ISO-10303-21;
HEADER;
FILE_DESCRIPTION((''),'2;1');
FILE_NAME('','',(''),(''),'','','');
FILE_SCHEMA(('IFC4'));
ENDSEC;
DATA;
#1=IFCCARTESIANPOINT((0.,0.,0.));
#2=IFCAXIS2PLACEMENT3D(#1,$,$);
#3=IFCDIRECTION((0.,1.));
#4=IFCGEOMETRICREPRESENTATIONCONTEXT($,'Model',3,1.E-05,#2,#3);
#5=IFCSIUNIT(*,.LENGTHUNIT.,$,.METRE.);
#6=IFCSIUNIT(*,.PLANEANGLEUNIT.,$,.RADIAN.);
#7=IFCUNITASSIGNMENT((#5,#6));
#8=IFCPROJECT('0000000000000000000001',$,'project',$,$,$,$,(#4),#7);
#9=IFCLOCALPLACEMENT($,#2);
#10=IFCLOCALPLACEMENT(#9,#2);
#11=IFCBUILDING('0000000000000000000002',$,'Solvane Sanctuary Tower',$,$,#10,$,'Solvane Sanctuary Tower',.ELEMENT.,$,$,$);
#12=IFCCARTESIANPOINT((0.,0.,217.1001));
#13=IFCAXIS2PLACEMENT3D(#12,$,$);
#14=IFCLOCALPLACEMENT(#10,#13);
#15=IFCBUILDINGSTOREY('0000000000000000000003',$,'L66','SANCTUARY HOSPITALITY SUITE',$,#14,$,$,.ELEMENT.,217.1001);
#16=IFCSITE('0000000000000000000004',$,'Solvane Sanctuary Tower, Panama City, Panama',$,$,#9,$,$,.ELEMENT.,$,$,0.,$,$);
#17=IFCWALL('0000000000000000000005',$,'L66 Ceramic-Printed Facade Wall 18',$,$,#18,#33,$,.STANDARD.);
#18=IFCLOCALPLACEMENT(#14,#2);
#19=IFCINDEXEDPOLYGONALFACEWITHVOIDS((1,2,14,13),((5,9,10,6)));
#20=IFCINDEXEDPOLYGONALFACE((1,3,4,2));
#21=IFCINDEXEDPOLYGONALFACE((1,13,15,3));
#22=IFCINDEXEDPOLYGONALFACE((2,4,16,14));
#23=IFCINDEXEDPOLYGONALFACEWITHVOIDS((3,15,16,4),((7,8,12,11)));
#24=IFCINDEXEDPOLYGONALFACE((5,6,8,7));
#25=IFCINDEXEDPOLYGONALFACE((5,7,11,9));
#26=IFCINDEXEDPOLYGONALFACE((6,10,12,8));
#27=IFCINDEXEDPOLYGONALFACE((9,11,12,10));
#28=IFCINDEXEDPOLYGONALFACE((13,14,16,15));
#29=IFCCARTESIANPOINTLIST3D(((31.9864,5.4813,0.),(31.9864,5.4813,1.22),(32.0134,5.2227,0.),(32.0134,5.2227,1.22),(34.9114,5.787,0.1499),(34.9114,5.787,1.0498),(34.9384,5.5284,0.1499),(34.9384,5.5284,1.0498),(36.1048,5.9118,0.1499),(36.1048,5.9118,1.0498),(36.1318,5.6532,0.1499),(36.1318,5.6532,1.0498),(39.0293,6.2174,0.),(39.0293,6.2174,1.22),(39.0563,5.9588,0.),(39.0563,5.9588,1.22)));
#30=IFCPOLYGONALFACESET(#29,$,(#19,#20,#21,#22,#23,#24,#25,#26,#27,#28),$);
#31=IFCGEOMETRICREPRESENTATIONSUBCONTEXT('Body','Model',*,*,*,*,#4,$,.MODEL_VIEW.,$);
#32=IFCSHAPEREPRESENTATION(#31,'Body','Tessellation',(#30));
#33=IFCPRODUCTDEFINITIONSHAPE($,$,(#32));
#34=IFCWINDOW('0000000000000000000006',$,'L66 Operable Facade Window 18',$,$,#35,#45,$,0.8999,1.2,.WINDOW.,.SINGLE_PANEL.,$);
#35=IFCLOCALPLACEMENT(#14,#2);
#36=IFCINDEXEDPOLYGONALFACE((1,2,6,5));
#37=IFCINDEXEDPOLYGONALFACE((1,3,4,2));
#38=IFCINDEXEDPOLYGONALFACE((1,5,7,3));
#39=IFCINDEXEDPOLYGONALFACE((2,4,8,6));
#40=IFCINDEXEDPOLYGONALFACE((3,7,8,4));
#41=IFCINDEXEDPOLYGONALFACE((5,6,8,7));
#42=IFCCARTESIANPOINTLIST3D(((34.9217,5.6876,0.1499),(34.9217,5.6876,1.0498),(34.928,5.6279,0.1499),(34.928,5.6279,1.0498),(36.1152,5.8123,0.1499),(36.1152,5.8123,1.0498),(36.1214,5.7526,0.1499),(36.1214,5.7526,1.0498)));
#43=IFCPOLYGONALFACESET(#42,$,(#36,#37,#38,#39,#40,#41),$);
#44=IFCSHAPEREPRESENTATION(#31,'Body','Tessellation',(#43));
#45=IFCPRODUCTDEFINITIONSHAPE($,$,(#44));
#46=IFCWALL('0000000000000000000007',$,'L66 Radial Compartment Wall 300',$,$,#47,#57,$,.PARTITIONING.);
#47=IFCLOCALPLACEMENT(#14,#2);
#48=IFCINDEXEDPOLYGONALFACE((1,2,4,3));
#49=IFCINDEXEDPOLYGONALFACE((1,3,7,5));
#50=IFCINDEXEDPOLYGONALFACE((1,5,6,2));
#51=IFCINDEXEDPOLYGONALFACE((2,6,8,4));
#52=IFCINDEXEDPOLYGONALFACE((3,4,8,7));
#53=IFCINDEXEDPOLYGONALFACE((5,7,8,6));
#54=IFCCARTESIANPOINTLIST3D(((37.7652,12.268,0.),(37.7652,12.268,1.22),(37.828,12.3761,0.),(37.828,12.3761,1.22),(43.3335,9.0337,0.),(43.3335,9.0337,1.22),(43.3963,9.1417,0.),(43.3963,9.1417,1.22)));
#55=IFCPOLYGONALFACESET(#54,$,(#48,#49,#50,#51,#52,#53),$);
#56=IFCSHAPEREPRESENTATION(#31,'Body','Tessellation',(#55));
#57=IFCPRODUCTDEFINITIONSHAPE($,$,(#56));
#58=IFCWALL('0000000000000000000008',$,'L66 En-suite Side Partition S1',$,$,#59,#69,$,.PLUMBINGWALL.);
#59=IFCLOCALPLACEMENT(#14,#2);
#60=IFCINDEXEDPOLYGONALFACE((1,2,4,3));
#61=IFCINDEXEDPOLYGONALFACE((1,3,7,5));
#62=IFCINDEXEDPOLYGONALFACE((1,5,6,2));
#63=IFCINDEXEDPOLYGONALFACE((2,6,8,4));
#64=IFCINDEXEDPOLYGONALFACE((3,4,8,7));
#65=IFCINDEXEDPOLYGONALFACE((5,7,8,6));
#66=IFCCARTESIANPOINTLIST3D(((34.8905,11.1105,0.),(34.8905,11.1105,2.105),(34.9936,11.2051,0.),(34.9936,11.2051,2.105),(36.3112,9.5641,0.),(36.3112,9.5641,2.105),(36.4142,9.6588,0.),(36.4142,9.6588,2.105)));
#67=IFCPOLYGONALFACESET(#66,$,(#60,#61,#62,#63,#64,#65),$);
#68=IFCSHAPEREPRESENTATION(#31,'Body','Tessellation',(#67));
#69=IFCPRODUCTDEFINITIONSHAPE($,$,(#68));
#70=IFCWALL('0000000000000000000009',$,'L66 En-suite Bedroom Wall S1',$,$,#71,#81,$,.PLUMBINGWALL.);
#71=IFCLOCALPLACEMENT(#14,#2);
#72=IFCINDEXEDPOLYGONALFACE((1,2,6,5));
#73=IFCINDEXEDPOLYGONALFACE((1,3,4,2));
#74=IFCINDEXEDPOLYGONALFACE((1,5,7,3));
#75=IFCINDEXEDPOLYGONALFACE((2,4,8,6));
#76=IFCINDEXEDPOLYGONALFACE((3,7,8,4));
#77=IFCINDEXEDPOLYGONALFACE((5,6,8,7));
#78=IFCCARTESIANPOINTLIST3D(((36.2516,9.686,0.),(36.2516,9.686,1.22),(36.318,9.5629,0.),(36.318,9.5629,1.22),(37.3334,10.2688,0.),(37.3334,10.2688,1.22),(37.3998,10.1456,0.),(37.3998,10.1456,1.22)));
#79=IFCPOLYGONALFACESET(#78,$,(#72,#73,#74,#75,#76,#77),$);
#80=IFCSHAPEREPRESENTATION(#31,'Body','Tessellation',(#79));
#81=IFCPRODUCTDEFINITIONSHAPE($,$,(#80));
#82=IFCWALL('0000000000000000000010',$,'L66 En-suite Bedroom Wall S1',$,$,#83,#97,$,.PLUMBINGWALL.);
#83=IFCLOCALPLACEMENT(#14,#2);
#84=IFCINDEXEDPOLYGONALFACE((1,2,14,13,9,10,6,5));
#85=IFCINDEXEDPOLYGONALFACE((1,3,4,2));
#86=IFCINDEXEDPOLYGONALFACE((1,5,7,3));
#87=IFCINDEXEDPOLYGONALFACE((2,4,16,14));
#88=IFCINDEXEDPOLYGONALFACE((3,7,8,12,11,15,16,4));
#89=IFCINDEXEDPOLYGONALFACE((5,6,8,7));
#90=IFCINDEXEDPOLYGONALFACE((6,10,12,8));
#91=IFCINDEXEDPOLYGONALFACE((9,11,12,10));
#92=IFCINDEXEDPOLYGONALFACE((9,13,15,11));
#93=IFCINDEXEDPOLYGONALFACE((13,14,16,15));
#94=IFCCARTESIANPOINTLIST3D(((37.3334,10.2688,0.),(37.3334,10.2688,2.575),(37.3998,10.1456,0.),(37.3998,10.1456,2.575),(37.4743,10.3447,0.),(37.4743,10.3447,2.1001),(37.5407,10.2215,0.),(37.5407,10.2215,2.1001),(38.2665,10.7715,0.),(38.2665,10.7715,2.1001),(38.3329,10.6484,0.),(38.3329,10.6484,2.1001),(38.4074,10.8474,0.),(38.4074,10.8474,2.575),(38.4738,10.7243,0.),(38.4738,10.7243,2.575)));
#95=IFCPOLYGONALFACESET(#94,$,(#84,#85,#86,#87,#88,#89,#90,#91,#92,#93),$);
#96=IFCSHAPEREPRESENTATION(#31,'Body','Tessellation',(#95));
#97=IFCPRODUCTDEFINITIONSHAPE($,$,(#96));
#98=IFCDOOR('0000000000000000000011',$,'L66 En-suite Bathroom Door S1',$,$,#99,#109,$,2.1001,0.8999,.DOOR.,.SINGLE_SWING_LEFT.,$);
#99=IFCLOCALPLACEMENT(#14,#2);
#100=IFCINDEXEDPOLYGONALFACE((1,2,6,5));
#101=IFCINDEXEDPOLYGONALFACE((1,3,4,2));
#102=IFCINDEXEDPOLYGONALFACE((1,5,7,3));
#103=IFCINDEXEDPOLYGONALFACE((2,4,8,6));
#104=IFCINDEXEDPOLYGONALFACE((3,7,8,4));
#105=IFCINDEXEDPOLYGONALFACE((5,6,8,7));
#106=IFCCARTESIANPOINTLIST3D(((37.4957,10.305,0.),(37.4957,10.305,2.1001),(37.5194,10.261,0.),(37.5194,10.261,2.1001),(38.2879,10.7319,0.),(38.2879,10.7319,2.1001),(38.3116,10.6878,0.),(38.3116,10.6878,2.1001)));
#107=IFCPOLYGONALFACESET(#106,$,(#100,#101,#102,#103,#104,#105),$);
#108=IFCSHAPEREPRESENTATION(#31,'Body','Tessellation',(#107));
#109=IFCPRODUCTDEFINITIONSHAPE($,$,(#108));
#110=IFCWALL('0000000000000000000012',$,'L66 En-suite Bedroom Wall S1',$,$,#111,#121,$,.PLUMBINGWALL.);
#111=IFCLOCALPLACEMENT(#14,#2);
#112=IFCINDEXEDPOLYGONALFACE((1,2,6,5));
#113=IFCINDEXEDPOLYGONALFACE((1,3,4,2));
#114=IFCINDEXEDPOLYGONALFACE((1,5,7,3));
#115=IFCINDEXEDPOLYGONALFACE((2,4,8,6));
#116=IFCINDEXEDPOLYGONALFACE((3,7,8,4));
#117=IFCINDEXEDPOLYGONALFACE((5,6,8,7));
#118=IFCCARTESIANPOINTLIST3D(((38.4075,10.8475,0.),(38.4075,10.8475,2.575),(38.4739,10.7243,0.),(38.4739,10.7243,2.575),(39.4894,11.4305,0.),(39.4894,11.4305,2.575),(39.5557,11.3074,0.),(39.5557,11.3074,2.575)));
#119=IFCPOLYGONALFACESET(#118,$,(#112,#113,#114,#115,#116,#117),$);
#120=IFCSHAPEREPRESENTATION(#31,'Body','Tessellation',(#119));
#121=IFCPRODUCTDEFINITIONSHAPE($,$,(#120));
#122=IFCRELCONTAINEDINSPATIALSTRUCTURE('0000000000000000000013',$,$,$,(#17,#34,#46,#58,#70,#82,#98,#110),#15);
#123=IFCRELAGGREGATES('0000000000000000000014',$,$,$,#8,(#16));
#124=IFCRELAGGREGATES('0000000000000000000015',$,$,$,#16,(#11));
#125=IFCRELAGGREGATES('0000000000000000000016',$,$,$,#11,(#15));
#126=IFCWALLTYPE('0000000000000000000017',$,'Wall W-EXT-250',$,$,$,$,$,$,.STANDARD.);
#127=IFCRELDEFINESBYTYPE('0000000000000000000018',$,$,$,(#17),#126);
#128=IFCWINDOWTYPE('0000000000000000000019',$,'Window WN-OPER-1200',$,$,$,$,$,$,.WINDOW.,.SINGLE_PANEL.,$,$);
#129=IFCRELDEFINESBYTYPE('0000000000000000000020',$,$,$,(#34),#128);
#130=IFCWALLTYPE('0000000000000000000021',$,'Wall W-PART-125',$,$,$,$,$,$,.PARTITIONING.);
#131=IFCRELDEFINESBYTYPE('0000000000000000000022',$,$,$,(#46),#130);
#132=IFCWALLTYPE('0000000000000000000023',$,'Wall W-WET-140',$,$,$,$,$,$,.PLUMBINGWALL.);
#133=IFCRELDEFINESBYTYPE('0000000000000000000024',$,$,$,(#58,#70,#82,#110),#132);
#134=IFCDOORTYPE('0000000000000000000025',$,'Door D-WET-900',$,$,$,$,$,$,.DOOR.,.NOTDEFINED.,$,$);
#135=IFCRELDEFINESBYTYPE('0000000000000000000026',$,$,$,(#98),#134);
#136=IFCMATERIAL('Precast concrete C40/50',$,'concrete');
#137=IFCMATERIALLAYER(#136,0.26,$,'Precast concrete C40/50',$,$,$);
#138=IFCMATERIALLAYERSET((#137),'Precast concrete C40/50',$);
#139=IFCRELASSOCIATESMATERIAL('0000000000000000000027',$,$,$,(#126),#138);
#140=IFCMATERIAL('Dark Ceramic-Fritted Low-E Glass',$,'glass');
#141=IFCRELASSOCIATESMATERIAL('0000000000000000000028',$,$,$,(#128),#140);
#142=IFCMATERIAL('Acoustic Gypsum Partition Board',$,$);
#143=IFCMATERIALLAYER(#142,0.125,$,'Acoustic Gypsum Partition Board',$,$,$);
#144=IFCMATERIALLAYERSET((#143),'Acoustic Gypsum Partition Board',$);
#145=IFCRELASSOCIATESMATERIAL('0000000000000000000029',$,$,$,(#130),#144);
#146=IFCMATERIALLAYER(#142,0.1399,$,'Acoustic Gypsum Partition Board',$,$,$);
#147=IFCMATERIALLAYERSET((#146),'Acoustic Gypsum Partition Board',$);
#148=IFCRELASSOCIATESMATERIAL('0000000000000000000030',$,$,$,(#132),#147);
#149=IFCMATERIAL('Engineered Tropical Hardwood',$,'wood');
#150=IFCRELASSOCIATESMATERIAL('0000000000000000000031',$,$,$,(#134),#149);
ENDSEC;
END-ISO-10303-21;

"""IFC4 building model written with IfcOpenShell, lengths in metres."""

from ifc_helpers import new_model, si_unit, direction, frame, frame_2d, origin, place, context, subcontext, project, spatial, rectangle, extrude, material, layer, layer_set, type_object, element, fill, save


model = new_model("IFC4")

# Units and contexts
model_context = context("Model", 3, precision=1e-05, world=origin(), true_north=direction((0.0, 1.0)))
body_context = subcontext(model_context, "Body", "Model", "MODEL_VIEW")
ifc_project = project(units=[si_unit("LENGTHUNIT", "METRE"), si_unit("PLANEANGLEUNIT", "RADIAN")], contexts=[model_context])

# Site, building, storey
site_placement = place(None, origin())
site = spatial("IfcSite", under=ifc_project, at=site_placement, Name="Solvane Sanctuary Tower, Panama City, Panama", CompositionType="ELEMENT", RefElevation=0.0)
building_placement = place(site_placement, origin())
building = spatial("IfcBuilding", under=site, at=building_placement, Name="Solvane Sanctuary Tower", LongName="Solvane Sanctuary Tower", CompositionType="ELEMENT")
storey_placement = place(building_placement, frame((0.0, 0.0, 217.1001)))
storey = spatial("IfcBuildingStorey", under=building, at=storey_placement, Name="L66", Description="SANCTUARY HOSPITALITY SUITE", CompositionType="ELEMENT", Elevation=217.1001)

# Shared definitions
ifc_material_1 = material(Name="Acoustic Gypsum Partition Board")

# Shared definitions
ifc_material_2 = material(Name="Engineered Tropical Hardwood", Category="wood")

# Wall, opening, window
ifc_material_3 = material(Name="Precast concrete C40/50", Category="concrete")
ifc_layer_1 = layer(ifc_material_3, 0.26, Name="Precast concrete C40/50")
ifc_layer_set_1 = layer_set([ifc_layer_1], Name="Precast concrete C40/50")
wall_type_1 = type_object("IfcWallType", Name="Wall W-EXT-250", PredefinedType="STANDARD", material=ifc_layer_set_1)
wall_1_placement = place(storey_placement, frame((32.0, 5.3521, 0.0), z_axis=(0.0, 0.0, 1.0), x_axis=(0.994583, 0.103947, 0.0)))
wall_1 = element("IfcWall", 1, at=wall_1_placement, inside=storey, type_object=wall_type_1, Name="L66 Ceramic-Printed Facade Wall 18", PredefinedType="STANDARD", context=body_context, shape_type="SweptSolid", body=[
    extrude(rectangle(XDim=7.0813, YDim=0.26, at=frame_2d((3.5405, 0.0))), origin(), (0.0, 0.0, 1.0), 1.22),
])
opening_1_placement = place(wall_1_placement, frame((2.9407, 0.0, 0.1499)))
opening_1 = element("IfcOpeningElement", 2, at=opening_1_placement, cuts=wall_1, PredefinedType="OPENING", context=body_context, shape_type="SweptSolid", body=[
    extrude(rectangle(XDim=1.2, YDim=0.8999, at=frame_2d((0.6001, 0.45))), frame((0.0, 0.1399, 0.0), z_axis=(0.0, -1.0, 0.0), x_axis=(1.0, 0.0, 0.0)), (0.0, 0.0, 1.0), 0.28),
])
ifc_material_4 = material(Name="Dark Ceramic-Fritted Low-E Glass", Category="glass")
window_type = type_object("IfcWindowType", Name="Window WN-OPER-1200", PartitioningType="SINGLE_PANEL", PredefinedType="WINDOW", material=ifc_material_4)
window_placement = place(opening_1_placement, origin())
window = element("IfcWindow", 3, at=window_placement, inside=storey, type_object=window_type, Name="L66 Operable Facade Window 18", OverallHeight=0.8999, OverallWidth=1.2, PartitioningType="SINGLE_PANEL", PredefinedType="WINDOW", context=body_context, shape_type="SweptSolid", body=[
    extrude(rectangle(XDim=1.2, YDim=0.8999, at=frame_2d((0.6001, 0.45))), frame((0.0, 0.03, 0.0), z_axis=(0.0, -1.0, 0.0), x_axis=(1.0, 0.0, 0.0)), (0.0, 0.0, 1.0), 0.0601),
])
fill(opening_1, window)

# Walls
ifc_layer_2 = layer(ifc_material_1, 0.125, Name="Acoustic Gypsum Partition Board")
ifc_layer_set_2 = layer_set([ifc_layer_2], Name="Acoustic Gypsum Partition Board")
wall_type_2 = type_object("IfcWallType", Name="Wall W-PART-125", PredefinedType="PARTITIONING", material=ifc_layer_set_2)
wall_2_placement = place(storey_placement, frame((37.7966, 12.322, 0.0), z_axis=(0.0, 0.0, 1.0), x_axis=(0.864712, -0.502267, 0.0)))
element("IfcWall", 4, at=wall_2_placement, inside=storey, type_object=wall_type_2, Name="L66 Radial Compartment Wall 300", PredefinedType="PARTITIONING", context=body_context, shape_type="SweptSolid", body=[
    extrude(rectangle(XDim=6.4395, YDim=0.125, at=frame_2d((3.2197, 0.0))), origin(), (0.0, 0.0, 1.0), 1.22),
])
ifc_layer_3 = layer(ifc_material_1, 0.1399, Name="Acoustic Gypsum Partition Board")
ifc_layer_set_3 = layer_set([ifc_layer_3], Name="Acoustic Gypsum Partition Board")
wall_type_3 = type_object("IfcWallType", Name="Wall W-WET-140", PredefinedType="PLUMBINGWALL", material=ifc_layer_set_3)
wall_3_placement = place(storey_placement, frame((34.9421, 11.1577, 0.0), z_axis=(0.0, 0.0, 1.0), x_axis=(0.676535, -0.73641, 0.0)))
element("IfcWall", 5, at=wall_3_placement, inside=storey, type_object=wall_type_3, Name="L66 En-suite Side Partition S1", PredefinedType="PLUMBINGWALL", context=body_context, shape_type="SweptSolid", body=[
    extrude(rectangle(XDim=2.0999, YDim=0.1399, at=frame_2d((1.0498, 0.0))), origin(), (0.0, 0.0, 1.0), 2.105),
])
wall_4_placement = place(storey_placement, frame((36.2849, 9.6245, 0.0), z_axis=(0.0, 0.0, 1.0), x_axis=(0.880382, 0.474266, 0.0)))
element("IfcWall", 6, at=wall_4_placement, inside=storey, type_object=wall_type_3, Name="L66 En-suite Bedroom Wall S1", PredefinedType="PLUMBINGWALL", context=body_context, shape_type="SweptSolid", body=[
    extrude(rectangle(XDim=1.2288, YDim=0.1399, at=frame_2d((0.6143, 0.0))), origin(), (0.0, 0.0, 1.0), 1.22),
])

# Wall, opening, door
wall_5_placement = place(storey_placement, frame((37.3667, 10.2073, 0.0), z_axis=(0.0, 0.0, 1.0), x_axis=(0.880362, 0.474303, 0.0)))
wall_5 = element("IfcWall", 7, at=wall_5_placement, inside=storey, type_object=wall_type_3, Name="L66 En-suite Bedroom Wall S1", PredefinedType="PLUMBINGWALL", context=body_context, shape_type="SweptSolid", body=[
    extrude(rectangle(XDim=1.22, YDim=0.1399, at=frame_2d((0.6099, 0.0))), origin(), (0.0, 0.0, 1.0), 2.575),
])
opening_2_placement = place(wall_5_placement, frame((0.1599, 0.0, 0.0)))
opening_2 = element("IfcOpeningElement", 8, at=opening_2_placement, cuts=wall_5, PredefinedType="OPENING", context=body_context, shape_type="SweptSolid", body=[
    extrude(rectangle(XDim=0.8999, YDim=2.1001, at=frame_2d((0.45, 1.05))), frame((0.0, 0.0798, 0.0), z_axis=(0.0, -1.0, 0.0), x_axis=(1.0, 0.0, 0.0)), (0.0, 0.0, 1.0), 0.1599),
])
door_type_1 = type_object("IfcDoorType", Name="Door D-WET-900", OperationType="NOTDEFINED", PredefinedType="DOOR", material=ifc_material_2)
door_1_placement = place(opening_2_placement, origin())
door_1 = element("IfcDoor", 9, at=door_1_placement, inside=storey, type_object=door_type_1, Name="L66 En-suite Bathroom Door S1", OperationType="SINGLE_SWING_LEFT", OverallHeight=2.1001, OverallWidth=0.8999, PredefinedType="DOOR", context=body_context, shape_type="SweptSolid", body=[
    extrude(rectangle(XDim=0.8999, YDim=2.1001, at=frame_2d((0.45, 1.05))), frame((0.0, 0.0249, 0.0), z_axis=(0.0, -1.0, 0.0), x_axis=(1.0, 0.0, 0.0)), (0.0, 0.0, 1.0), 0.05),
])
fill(opening_2, door_1)

# Wall
wall_6_placement = place(storey_placement, frame((38.4407, 10.7859, 0.0), z_axis=(0.0, 0.0, 1.0), x_axis=(0.880299, 0.47442, 0.0)))
element("IfcWall", 10, at=wall_6_placement, inside=storey, type_object=wall_type_3, Name="L66 En-suite Bedroom Wall S1", PredefinedType="PLUMBINGWALL", context=body_context, shape_type="SweptSolid", body=[
    extrude(rectangle(XDim=1.229, YDim=0.1399, at=frame_2d((0.6145, 0.0))), origin(), (0.0, 0.0, 1.0), 2.575),
])

save(model, "model.ifc")
